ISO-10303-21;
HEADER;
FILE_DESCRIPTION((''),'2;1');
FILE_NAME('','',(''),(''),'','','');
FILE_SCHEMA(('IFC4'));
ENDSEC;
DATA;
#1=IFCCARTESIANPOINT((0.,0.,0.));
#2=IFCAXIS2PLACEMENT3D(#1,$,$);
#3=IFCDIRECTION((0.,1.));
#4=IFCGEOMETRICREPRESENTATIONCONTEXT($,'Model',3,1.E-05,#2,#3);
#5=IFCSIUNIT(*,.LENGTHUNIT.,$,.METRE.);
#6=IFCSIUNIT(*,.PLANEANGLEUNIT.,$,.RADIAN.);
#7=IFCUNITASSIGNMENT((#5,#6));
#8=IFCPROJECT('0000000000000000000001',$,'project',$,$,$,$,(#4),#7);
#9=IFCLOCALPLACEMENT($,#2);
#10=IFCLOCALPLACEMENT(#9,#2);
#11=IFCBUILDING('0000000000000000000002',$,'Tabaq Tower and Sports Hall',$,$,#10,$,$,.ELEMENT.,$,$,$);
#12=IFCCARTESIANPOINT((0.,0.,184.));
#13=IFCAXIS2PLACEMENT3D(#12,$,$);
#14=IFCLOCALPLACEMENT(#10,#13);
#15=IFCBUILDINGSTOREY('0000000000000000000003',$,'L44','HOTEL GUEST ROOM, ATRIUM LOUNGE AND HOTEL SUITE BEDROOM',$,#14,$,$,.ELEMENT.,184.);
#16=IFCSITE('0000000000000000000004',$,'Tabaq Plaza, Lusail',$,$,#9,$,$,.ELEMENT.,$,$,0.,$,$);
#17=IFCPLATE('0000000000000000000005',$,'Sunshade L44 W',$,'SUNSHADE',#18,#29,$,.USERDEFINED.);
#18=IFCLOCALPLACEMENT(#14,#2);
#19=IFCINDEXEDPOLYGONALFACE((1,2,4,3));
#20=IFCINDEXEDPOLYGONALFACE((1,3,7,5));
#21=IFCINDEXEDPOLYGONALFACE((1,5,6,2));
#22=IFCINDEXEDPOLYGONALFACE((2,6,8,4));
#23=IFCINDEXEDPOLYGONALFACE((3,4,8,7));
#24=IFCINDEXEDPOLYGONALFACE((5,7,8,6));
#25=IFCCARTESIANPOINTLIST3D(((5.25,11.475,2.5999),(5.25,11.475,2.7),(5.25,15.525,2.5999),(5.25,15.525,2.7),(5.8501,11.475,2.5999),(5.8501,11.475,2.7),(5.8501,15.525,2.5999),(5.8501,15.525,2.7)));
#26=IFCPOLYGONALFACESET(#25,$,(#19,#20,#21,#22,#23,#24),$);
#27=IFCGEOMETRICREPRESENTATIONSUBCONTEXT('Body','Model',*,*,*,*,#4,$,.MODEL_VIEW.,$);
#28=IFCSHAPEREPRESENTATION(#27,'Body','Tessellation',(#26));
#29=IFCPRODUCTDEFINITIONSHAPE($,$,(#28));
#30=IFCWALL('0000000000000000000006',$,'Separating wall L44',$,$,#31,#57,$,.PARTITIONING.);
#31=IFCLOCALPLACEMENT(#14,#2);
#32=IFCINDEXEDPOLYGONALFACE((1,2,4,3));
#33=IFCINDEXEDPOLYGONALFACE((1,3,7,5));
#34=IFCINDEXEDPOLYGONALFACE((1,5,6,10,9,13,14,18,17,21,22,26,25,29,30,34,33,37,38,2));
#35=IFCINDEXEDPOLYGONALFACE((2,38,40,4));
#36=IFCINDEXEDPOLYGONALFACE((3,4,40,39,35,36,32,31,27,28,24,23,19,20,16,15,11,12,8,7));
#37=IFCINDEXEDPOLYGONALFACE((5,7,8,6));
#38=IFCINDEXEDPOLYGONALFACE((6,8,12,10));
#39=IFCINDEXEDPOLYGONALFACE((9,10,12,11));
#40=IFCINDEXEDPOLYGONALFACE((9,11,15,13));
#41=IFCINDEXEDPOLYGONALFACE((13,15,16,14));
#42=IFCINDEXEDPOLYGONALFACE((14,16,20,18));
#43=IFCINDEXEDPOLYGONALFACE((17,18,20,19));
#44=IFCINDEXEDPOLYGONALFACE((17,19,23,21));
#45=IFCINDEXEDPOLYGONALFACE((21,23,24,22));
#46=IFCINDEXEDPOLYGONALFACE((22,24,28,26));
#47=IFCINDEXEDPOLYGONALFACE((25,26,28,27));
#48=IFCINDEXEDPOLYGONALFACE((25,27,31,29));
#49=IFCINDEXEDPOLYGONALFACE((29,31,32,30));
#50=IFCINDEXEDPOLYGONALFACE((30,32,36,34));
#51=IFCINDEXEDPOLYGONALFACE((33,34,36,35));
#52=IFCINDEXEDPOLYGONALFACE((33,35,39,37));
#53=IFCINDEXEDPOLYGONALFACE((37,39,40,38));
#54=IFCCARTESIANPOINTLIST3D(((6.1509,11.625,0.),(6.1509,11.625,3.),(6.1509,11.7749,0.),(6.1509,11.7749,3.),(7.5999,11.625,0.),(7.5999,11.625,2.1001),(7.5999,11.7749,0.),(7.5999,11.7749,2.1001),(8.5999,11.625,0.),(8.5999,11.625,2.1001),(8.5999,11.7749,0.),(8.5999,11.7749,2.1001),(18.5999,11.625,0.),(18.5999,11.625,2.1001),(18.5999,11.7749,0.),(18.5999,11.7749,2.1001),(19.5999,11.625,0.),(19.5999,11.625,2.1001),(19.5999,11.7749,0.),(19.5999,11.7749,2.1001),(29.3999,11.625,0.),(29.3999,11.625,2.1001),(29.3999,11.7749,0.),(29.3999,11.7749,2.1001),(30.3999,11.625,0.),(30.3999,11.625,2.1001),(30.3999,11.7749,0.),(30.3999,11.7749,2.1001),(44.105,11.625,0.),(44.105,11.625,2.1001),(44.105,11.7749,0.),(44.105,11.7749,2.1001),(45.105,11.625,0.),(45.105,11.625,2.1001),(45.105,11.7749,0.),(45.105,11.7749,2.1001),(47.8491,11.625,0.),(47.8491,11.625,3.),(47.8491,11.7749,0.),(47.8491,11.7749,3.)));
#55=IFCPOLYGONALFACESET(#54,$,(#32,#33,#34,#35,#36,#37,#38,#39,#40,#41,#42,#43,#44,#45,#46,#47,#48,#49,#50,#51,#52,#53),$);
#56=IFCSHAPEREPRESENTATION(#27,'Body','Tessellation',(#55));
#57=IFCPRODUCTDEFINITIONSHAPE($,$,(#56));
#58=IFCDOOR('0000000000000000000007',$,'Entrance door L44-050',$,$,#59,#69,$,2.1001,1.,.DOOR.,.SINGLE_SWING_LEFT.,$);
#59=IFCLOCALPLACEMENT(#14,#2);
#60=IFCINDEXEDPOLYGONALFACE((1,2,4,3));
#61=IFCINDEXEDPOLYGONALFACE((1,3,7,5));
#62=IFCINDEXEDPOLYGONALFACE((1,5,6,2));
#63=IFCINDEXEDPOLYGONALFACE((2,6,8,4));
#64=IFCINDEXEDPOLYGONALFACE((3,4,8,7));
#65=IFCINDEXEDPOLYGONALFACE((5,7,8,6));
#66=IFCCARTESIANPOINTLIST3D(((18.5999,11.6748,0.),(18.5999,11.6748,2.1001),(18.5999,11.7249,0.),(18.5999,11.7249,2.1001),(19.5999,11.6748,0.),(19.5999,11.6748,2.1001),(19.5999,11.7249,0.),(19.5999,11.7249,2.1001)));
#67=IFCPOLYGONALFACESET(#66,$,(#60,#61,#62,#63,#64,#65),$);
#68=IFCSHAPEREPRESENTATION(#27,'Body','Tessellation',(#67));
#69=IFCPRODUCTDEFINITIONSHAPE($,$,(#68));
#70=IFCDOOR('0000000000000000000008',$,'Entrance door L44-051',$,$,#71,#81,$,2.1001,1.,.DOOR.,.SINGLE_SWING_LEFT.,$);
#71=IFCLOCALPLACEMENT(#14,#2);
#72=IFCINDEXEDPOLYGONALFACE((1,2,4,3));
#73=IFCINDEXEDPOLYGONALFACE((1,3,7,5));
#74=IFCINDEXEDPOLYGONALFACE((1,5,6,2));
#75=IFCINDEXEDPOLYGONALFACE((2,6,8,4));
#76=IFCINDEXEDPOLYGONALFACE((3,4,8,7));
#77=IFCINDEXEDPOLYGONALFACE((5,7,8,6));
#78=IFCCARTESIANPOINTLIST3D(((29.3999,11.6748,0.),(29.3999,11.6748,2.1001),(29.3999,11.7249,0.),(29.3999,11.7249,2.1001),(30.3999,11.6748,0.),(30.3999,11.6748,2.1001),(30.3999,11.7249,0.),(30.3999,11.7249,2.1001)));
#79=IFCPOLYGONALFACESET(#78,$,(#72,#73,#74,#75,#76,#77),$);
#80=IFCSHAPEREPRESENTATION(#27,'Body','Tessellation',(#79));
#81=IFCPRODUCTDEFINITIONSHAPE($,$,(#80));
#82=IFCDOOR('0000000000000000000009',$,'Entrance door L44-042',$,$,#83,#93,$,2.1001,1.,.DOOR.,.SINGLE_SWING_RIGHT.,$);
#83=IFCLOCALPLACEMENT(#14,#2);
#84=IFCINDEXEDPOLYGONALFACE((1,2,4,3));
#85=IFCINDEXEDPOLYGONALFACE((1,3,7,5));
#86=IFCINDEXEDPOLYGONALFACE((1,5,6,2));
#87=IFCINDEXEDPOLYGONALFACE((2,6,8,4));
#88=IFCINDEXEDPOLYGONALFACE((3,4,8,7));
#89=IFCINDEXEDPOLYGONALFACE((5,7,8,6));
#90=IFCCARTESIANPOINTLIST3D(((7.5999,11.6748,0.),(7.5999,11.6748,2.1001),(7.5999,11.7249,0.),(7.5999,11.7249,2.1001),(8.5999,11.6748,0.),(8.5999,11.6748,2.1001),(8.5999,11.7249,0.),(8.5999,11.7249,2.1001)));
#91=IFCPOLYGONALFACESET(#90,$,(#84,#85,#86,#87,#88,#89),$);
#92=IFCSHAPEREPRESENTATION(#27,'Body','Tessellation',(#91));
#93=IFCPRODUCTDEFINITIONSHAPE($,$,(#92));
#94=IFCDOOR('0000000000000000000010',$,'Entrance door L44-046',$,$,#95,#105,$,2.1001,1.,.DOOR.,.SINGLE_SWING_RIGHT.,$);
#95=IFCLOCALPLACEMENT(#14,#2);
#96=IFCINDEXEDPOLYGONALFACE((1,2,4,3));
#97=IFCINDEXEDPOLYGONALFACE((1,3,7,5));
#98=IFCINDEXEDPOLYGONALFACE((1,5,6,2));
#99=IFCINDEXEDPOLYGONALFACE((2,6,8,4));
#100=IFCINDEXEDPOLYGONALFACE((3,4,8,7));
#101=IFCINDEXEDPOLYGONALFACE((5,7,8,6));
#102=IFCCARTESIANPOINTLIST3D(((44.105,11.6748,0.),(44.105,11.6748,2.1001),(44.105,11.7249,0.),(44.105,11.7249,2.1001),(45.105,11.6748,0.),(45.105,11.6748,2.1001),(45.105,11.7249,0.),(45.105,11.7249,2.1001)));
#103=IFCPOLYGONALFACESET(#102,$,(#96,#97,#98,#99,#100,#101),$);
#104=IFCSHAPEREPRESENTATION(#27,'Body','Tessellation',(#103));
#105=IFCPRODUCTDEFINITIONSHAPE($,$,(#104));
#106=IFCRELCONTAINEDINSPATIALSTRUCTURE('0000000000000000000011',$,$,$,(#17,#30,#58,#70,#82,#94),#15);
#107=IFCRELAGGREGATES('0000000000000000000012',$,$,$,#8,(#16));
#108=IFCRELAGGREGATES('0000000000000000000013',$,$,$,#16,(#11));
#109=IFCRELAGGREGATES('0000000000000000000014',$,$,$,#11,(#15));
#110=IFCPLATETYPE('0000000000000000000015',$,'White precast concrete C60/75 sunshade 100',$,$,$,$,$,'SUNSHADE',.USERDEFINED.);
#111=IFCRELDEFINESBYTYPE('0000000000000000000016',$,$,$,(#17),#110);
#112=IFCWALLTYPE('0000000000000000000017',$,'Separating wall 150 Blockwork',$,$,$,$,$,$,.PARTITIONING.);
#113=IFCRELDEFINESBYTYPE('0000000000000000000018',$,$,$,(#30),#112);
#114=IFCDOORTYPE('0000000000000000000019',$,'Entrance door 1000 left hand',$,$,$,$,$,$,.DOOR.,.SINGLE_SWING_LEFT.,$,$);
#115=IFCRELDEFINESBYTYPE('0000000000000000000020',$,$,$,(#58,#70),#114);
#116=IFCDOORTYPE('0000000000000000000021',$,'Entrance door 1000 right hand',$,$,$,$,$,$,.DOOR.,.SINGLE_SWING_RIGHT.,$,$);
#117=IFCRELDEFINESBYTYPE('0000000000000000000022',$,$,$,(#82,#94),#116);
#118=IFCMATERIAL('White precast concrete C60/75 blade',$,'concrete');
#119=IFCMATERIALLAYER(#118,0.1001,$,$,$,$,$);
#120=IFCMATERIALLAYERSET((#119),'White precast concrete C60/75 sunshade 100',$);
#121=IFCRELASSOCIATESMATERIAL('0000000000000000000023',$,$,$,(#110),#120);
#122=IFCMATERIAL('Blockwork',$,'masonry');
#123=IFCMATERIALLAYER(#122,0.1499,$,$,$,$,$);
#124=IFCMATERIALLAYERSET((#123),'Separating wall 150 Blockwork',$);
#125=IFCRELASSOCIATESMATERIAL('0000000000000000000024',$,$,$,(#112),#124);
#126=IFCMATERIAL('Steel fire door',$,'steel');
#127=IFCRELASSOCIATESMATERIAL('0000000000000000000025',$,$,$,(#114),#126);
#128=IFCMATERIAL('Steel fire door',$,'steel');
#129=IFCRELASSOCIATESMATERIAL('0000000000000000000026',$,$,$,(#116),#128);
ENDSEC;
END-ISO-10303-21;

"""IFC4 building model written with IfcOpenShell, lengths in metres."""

from ifc_helpers import new_model, si_unit, direction, frame, frame_2d, origin, origin_2d, place, context, subcontext, project, spatial, rectangle, extrude, material, layer, layer_set, type_object, element, fill, save


model = new_model("IFC4")

# Units and contexts
model_context = context("Model", 3, precision=1e-05, world=origin(), true_north=direction((0.0, 1.0)))
body_context = subcontext(model_context, "Body", "Model", "MODEL_VIEW")
ifc_project = project(units=[si_unit("LENGTHUNIT", "METRE"), si_unit("PLANEANGLEUNIT", "RADIAN")], contexts=[model_context])

# Site, building, storey
site_placement = place(None, origin())
site = spatial("IfcSite", under=ifc_project, at=site_placement, Name="Tabaq Plaza, Lusail", CompositionType="ELEMENT", RefElevation=0.0)
building_placement = place(site_placement, origin())
building = spatial("IfcBuilding", under=site, at=building_placement, Name="Tabaq Tower and Sports Hall", CompositionType="ELEMENT")
storey_placement = place(building_placement, frame((0.0, 0.0, 184.0)))
storey = spatial("IfcBuildingStorey", under=building, at=storey_placement, Name="L44", Description="HOTEL GUEST ROOM, ATRIUM LOUNGE AND HOTEL SUITE BEDROOM", CompositionType="ELEMENT", Elevation=184.0)

# Plate
ifc_material_1 = material(Name="White precast concrete C60/75 blade", Category="concrete")
ifc_layer_1 = layer(ifc_material_1, 0.1001)
ifc_layer_set_1 = layer_set([ifc_layer_1], Name="White precast concrete C60/75 sunshade 100")
plate_type = type_object("IfcPlateType", Name="White precast concrete C60/75 sunshade 100", ElementType="SUNSHADE", PredefinedType="USERDEFINED", material=ifc_layer_set_1)
plate_placement = place(storey_placement, frame((5.55, 13.5, 2.5999), z_axis=(0.0, 0.0, 1.0), x_axis=(0.0, -1.0, 0.0)))
element("IfcPlate", 1, at=plate_placement, inside=storey, type_object=plate_type, Name="Sunshade L44 W", ObjectType="SUNSHADE", PredefinedType="USERDEFINED", context=body_context, shape_type="SweptSolid", body=[
    extrude(rectangle(XDim=4.05, YDim=0.6001, at=origin_2d()), origin(), (0.0, 0.0, 1.0), 0.1001),
])

# Wall, openings, doors
ifc_material_2 = material(Name="Blockwork", Category="masonry")
ifc_layer_2 = layer(ifc_material_2, 0.1499)
ifc_layer_set_2 = layer_set([ifc_layer_2], Name="Separating wall 150 Blockwork")
wall_type_1 = type_object("IfcWallType", Name="Separating wall 150 Blockwork", PredefinedType="PARTITIONING", material=ifc_layer_set_2)
wall_1_placement = place(storey_placement, frame((6.1509, 11.7, 0.0), z_axis=(0.0, 0.0, 1.0), x_axis=(1.0, 0.0, 0.0)))
wall_1 = element("IfcWall", 2, at=wall_1_placement, inside=storey, type_object=wall_type_1, Name="Separating wall L44", PredefinedType="PARTITIONING", context=body_context, shape_type="SweptSolid", body=[
    extrude(rectangle(XDim=41.6982, YDim=0.1499, at=frame_2d((20.8491, 0.0))), origin(), (0.0, 0.0, 1.0), 3.0),
])
opening_1_placement = place(wall_1_placement, frame((1.449, 0.0, 0.0)))
opening_1 = element("IfcOpeningElement", 3, at=opening_1_placement, cuts=wall_1, PredefinedType="OPENING", context=body_context, shape_type="SweptSolid", body=[
    extrude(rectangle(XDim=1.0, YDim=2.1001, at=frame_2d((0.5, 1.05))), frame((0.0, 0.075, 0.0), z_axis=(0.0, -1.0, 0.0), x_axis=(1.0, 0.0, 0.0)), (0.0, 0.0, 1.0), 0.1499),
])
opening_2_placement = place(wall_1_placement, frame((37.9541, 0.0, 0.0)))
opening_2 = element("IfcOpeningElement", 4, at=opening_2_placement, cuts=wall_1, PredefinedType="OPENING", context=body_context, shape_type="SweptSolid", body=[
    extrude(rectangle(XDim=1.0, YDim=2.1001, at=frame_2d((0.5, 1.05))), frame((0.0, 0.075, 0.0), z_axis=(0.0, -1.0, 0.0), x_axis=(1.0, 0.0, 0.0)), (0.0, 0.0, 1.0), 0.1499),
])
opening_3_placement = place(wall_1_placement, frame((12.449, 0.0, 0.0)))
opening_3 = element("IfcOpeningElement", 5, at=opening_3_placement, cuts=wall_1, PredefinedType="OPENING", context=body_context, shape_type="SweptSolid", body=[
    extrude(rectangle(XDim=1.0, YDim=2.1001, at=frame_2d((0.5, 1.05))), frame((0.0, 0.075, 0.0), z_axis=(0.0, -1.0, 0.0), x_axis=(1.0, 0.0, 0.0)), (0.0, 0.0, 1.0), 0.1499),
])
opening_4_placement = place(wall_1_placement, frame((23.249, 0.0, 0.0)))
opening_4 = element("IfcOpeningElement", 6, at=opening_4_placement, cuts=wall_1, PredefinedType="OPENING", context=body_context, shape_type="SweptSolid", body=[
    extrude(rectangle(XDim=1.0, YDim=2.1001, at=frame_2d((0.5, 1.05))), frame((0.0, 0.075, 0.0), z_axis=(0.0, -1.0, 0.0), x_axis=(1.0, 0.0, 0.0)), (0.0, 0.0, 1.0), 0.1499),
])
ifc_material_3 = material(Name="Steel fire door", Category="steel")
door_type_1 = type_object("IfcDoorType", Name="Entrance door 1000 left hand", OperationType="SINGLE_SWING_LEFT", PredefinedType="DOOR", material=ifc_material_3)
door_1_placement = place(opening_3_placement, origin())
door_1 = element("IfcDoor", 7, at=door_1_placement, inside=storey, type_object=door_type_1, Name="Entrance door L44-050", OperationType="SINGLE_SWING_LEFT", OverallHeight=2.1001, OverallWidth=1.0, PredefinedType="DOOR", context=body_context, shape_type="SweptSolid", body=[
    extrude(rectangle(XDim=1.0, YDim=2.1001, at=frame_2d((0.5, 1.05))), frame((0.0, 0.0249, 0.0), z_axis=(0.0, -1.0, 0.0), x_axis=(1.0, 0.0, 0.0)), (0.0, 0.0, 1.0), 0.05),
])
fill(opening_3, door_1)
door_2_placement = place(opening_4_placement, origin())
door_2 = element("IfcDoor", 8, at=door_2_placement, inside=storey, type_object=door_type_1, Name="Entrance door L44-051", OperationType="SINGLE_SWING_LEFT", OverallHeight=2.1001, OverallWidth=1.0, PredefinedType="DOOR", context=body_context, shape_type="SweptSolid", body=[
    extrude(rectangle(XDim=1.0, YDim=2.1001, at=frame_2d((0.5, 1.05))), frame((0.0, 0.0249, 0.0), z_axis=(0.0, -1.0, 0.0), x_axis=(1.0, 0.0, 0.0)), (0.0, 0.0, 1.0), 0.05),
])
fill(opening_4, door_2)
ifc_material_4 = material(Name="Steel fire door", Category="steel")
door_type_2 = type_object("IfcDoorType", Name="Entrance door 1000 right hand", OperationType="SINGLE_SWING_RIGHT", PredefinedType="DOOR", material=ifc_material_4)
door_3_placement = place(opening_1_placement, origin())
door_3 = element("IfcDoor", 9, at=door_3_placement, inside=storey, type_object=door_type_2, Name="Entrance door L44-042", OperationType="SINGLE_SWING_RIGHT", OverallHeight=2.1001, OverallWidth=1.0, PredefinedType="DOOR", context=body_context, shape_type="SweptSolid", body=[
    extrude(rectangle(XDim=1.0, YDim=2.1001, at=frame_2d((0.5, 1.05))), frame((0.0, 0.0249, 0.0), z_axis=(0.0, -1.0, 0.0), x_axis=(1.0, 0.0, 0.0)), (0.0, 0.0, 1.0), 0.05),
])
fill(opening_1, door_3)
door_4_placement = place(opening_2_placement, origin())
door_4 = element("IfcDoor", 10, at=door_4_placement, inside=storey, type_object=door_type_2, Name="Entrance door L44-046", OperationType="SINGLE_SWING_RIGHT", OverallHeight=2.1001, OverallWidth=1.0, PredefinedType="DOOR", context=body_context, shape_type="SweptSolid", body=[
    extrude(rectangle(XDim=1.0, YDim=2.1001, at=frame_2d((0.5, 1.05))), frame((0.0, 0.0249, 0.0), z_axis=(0.0, -1.0, 0.0), x_axis=(1.0, 0.0, 0.0)), (0.0, 0.0, 1.0), 0.05),
])
fill(opening_2, door_4)

save(model, "model.ifc")
